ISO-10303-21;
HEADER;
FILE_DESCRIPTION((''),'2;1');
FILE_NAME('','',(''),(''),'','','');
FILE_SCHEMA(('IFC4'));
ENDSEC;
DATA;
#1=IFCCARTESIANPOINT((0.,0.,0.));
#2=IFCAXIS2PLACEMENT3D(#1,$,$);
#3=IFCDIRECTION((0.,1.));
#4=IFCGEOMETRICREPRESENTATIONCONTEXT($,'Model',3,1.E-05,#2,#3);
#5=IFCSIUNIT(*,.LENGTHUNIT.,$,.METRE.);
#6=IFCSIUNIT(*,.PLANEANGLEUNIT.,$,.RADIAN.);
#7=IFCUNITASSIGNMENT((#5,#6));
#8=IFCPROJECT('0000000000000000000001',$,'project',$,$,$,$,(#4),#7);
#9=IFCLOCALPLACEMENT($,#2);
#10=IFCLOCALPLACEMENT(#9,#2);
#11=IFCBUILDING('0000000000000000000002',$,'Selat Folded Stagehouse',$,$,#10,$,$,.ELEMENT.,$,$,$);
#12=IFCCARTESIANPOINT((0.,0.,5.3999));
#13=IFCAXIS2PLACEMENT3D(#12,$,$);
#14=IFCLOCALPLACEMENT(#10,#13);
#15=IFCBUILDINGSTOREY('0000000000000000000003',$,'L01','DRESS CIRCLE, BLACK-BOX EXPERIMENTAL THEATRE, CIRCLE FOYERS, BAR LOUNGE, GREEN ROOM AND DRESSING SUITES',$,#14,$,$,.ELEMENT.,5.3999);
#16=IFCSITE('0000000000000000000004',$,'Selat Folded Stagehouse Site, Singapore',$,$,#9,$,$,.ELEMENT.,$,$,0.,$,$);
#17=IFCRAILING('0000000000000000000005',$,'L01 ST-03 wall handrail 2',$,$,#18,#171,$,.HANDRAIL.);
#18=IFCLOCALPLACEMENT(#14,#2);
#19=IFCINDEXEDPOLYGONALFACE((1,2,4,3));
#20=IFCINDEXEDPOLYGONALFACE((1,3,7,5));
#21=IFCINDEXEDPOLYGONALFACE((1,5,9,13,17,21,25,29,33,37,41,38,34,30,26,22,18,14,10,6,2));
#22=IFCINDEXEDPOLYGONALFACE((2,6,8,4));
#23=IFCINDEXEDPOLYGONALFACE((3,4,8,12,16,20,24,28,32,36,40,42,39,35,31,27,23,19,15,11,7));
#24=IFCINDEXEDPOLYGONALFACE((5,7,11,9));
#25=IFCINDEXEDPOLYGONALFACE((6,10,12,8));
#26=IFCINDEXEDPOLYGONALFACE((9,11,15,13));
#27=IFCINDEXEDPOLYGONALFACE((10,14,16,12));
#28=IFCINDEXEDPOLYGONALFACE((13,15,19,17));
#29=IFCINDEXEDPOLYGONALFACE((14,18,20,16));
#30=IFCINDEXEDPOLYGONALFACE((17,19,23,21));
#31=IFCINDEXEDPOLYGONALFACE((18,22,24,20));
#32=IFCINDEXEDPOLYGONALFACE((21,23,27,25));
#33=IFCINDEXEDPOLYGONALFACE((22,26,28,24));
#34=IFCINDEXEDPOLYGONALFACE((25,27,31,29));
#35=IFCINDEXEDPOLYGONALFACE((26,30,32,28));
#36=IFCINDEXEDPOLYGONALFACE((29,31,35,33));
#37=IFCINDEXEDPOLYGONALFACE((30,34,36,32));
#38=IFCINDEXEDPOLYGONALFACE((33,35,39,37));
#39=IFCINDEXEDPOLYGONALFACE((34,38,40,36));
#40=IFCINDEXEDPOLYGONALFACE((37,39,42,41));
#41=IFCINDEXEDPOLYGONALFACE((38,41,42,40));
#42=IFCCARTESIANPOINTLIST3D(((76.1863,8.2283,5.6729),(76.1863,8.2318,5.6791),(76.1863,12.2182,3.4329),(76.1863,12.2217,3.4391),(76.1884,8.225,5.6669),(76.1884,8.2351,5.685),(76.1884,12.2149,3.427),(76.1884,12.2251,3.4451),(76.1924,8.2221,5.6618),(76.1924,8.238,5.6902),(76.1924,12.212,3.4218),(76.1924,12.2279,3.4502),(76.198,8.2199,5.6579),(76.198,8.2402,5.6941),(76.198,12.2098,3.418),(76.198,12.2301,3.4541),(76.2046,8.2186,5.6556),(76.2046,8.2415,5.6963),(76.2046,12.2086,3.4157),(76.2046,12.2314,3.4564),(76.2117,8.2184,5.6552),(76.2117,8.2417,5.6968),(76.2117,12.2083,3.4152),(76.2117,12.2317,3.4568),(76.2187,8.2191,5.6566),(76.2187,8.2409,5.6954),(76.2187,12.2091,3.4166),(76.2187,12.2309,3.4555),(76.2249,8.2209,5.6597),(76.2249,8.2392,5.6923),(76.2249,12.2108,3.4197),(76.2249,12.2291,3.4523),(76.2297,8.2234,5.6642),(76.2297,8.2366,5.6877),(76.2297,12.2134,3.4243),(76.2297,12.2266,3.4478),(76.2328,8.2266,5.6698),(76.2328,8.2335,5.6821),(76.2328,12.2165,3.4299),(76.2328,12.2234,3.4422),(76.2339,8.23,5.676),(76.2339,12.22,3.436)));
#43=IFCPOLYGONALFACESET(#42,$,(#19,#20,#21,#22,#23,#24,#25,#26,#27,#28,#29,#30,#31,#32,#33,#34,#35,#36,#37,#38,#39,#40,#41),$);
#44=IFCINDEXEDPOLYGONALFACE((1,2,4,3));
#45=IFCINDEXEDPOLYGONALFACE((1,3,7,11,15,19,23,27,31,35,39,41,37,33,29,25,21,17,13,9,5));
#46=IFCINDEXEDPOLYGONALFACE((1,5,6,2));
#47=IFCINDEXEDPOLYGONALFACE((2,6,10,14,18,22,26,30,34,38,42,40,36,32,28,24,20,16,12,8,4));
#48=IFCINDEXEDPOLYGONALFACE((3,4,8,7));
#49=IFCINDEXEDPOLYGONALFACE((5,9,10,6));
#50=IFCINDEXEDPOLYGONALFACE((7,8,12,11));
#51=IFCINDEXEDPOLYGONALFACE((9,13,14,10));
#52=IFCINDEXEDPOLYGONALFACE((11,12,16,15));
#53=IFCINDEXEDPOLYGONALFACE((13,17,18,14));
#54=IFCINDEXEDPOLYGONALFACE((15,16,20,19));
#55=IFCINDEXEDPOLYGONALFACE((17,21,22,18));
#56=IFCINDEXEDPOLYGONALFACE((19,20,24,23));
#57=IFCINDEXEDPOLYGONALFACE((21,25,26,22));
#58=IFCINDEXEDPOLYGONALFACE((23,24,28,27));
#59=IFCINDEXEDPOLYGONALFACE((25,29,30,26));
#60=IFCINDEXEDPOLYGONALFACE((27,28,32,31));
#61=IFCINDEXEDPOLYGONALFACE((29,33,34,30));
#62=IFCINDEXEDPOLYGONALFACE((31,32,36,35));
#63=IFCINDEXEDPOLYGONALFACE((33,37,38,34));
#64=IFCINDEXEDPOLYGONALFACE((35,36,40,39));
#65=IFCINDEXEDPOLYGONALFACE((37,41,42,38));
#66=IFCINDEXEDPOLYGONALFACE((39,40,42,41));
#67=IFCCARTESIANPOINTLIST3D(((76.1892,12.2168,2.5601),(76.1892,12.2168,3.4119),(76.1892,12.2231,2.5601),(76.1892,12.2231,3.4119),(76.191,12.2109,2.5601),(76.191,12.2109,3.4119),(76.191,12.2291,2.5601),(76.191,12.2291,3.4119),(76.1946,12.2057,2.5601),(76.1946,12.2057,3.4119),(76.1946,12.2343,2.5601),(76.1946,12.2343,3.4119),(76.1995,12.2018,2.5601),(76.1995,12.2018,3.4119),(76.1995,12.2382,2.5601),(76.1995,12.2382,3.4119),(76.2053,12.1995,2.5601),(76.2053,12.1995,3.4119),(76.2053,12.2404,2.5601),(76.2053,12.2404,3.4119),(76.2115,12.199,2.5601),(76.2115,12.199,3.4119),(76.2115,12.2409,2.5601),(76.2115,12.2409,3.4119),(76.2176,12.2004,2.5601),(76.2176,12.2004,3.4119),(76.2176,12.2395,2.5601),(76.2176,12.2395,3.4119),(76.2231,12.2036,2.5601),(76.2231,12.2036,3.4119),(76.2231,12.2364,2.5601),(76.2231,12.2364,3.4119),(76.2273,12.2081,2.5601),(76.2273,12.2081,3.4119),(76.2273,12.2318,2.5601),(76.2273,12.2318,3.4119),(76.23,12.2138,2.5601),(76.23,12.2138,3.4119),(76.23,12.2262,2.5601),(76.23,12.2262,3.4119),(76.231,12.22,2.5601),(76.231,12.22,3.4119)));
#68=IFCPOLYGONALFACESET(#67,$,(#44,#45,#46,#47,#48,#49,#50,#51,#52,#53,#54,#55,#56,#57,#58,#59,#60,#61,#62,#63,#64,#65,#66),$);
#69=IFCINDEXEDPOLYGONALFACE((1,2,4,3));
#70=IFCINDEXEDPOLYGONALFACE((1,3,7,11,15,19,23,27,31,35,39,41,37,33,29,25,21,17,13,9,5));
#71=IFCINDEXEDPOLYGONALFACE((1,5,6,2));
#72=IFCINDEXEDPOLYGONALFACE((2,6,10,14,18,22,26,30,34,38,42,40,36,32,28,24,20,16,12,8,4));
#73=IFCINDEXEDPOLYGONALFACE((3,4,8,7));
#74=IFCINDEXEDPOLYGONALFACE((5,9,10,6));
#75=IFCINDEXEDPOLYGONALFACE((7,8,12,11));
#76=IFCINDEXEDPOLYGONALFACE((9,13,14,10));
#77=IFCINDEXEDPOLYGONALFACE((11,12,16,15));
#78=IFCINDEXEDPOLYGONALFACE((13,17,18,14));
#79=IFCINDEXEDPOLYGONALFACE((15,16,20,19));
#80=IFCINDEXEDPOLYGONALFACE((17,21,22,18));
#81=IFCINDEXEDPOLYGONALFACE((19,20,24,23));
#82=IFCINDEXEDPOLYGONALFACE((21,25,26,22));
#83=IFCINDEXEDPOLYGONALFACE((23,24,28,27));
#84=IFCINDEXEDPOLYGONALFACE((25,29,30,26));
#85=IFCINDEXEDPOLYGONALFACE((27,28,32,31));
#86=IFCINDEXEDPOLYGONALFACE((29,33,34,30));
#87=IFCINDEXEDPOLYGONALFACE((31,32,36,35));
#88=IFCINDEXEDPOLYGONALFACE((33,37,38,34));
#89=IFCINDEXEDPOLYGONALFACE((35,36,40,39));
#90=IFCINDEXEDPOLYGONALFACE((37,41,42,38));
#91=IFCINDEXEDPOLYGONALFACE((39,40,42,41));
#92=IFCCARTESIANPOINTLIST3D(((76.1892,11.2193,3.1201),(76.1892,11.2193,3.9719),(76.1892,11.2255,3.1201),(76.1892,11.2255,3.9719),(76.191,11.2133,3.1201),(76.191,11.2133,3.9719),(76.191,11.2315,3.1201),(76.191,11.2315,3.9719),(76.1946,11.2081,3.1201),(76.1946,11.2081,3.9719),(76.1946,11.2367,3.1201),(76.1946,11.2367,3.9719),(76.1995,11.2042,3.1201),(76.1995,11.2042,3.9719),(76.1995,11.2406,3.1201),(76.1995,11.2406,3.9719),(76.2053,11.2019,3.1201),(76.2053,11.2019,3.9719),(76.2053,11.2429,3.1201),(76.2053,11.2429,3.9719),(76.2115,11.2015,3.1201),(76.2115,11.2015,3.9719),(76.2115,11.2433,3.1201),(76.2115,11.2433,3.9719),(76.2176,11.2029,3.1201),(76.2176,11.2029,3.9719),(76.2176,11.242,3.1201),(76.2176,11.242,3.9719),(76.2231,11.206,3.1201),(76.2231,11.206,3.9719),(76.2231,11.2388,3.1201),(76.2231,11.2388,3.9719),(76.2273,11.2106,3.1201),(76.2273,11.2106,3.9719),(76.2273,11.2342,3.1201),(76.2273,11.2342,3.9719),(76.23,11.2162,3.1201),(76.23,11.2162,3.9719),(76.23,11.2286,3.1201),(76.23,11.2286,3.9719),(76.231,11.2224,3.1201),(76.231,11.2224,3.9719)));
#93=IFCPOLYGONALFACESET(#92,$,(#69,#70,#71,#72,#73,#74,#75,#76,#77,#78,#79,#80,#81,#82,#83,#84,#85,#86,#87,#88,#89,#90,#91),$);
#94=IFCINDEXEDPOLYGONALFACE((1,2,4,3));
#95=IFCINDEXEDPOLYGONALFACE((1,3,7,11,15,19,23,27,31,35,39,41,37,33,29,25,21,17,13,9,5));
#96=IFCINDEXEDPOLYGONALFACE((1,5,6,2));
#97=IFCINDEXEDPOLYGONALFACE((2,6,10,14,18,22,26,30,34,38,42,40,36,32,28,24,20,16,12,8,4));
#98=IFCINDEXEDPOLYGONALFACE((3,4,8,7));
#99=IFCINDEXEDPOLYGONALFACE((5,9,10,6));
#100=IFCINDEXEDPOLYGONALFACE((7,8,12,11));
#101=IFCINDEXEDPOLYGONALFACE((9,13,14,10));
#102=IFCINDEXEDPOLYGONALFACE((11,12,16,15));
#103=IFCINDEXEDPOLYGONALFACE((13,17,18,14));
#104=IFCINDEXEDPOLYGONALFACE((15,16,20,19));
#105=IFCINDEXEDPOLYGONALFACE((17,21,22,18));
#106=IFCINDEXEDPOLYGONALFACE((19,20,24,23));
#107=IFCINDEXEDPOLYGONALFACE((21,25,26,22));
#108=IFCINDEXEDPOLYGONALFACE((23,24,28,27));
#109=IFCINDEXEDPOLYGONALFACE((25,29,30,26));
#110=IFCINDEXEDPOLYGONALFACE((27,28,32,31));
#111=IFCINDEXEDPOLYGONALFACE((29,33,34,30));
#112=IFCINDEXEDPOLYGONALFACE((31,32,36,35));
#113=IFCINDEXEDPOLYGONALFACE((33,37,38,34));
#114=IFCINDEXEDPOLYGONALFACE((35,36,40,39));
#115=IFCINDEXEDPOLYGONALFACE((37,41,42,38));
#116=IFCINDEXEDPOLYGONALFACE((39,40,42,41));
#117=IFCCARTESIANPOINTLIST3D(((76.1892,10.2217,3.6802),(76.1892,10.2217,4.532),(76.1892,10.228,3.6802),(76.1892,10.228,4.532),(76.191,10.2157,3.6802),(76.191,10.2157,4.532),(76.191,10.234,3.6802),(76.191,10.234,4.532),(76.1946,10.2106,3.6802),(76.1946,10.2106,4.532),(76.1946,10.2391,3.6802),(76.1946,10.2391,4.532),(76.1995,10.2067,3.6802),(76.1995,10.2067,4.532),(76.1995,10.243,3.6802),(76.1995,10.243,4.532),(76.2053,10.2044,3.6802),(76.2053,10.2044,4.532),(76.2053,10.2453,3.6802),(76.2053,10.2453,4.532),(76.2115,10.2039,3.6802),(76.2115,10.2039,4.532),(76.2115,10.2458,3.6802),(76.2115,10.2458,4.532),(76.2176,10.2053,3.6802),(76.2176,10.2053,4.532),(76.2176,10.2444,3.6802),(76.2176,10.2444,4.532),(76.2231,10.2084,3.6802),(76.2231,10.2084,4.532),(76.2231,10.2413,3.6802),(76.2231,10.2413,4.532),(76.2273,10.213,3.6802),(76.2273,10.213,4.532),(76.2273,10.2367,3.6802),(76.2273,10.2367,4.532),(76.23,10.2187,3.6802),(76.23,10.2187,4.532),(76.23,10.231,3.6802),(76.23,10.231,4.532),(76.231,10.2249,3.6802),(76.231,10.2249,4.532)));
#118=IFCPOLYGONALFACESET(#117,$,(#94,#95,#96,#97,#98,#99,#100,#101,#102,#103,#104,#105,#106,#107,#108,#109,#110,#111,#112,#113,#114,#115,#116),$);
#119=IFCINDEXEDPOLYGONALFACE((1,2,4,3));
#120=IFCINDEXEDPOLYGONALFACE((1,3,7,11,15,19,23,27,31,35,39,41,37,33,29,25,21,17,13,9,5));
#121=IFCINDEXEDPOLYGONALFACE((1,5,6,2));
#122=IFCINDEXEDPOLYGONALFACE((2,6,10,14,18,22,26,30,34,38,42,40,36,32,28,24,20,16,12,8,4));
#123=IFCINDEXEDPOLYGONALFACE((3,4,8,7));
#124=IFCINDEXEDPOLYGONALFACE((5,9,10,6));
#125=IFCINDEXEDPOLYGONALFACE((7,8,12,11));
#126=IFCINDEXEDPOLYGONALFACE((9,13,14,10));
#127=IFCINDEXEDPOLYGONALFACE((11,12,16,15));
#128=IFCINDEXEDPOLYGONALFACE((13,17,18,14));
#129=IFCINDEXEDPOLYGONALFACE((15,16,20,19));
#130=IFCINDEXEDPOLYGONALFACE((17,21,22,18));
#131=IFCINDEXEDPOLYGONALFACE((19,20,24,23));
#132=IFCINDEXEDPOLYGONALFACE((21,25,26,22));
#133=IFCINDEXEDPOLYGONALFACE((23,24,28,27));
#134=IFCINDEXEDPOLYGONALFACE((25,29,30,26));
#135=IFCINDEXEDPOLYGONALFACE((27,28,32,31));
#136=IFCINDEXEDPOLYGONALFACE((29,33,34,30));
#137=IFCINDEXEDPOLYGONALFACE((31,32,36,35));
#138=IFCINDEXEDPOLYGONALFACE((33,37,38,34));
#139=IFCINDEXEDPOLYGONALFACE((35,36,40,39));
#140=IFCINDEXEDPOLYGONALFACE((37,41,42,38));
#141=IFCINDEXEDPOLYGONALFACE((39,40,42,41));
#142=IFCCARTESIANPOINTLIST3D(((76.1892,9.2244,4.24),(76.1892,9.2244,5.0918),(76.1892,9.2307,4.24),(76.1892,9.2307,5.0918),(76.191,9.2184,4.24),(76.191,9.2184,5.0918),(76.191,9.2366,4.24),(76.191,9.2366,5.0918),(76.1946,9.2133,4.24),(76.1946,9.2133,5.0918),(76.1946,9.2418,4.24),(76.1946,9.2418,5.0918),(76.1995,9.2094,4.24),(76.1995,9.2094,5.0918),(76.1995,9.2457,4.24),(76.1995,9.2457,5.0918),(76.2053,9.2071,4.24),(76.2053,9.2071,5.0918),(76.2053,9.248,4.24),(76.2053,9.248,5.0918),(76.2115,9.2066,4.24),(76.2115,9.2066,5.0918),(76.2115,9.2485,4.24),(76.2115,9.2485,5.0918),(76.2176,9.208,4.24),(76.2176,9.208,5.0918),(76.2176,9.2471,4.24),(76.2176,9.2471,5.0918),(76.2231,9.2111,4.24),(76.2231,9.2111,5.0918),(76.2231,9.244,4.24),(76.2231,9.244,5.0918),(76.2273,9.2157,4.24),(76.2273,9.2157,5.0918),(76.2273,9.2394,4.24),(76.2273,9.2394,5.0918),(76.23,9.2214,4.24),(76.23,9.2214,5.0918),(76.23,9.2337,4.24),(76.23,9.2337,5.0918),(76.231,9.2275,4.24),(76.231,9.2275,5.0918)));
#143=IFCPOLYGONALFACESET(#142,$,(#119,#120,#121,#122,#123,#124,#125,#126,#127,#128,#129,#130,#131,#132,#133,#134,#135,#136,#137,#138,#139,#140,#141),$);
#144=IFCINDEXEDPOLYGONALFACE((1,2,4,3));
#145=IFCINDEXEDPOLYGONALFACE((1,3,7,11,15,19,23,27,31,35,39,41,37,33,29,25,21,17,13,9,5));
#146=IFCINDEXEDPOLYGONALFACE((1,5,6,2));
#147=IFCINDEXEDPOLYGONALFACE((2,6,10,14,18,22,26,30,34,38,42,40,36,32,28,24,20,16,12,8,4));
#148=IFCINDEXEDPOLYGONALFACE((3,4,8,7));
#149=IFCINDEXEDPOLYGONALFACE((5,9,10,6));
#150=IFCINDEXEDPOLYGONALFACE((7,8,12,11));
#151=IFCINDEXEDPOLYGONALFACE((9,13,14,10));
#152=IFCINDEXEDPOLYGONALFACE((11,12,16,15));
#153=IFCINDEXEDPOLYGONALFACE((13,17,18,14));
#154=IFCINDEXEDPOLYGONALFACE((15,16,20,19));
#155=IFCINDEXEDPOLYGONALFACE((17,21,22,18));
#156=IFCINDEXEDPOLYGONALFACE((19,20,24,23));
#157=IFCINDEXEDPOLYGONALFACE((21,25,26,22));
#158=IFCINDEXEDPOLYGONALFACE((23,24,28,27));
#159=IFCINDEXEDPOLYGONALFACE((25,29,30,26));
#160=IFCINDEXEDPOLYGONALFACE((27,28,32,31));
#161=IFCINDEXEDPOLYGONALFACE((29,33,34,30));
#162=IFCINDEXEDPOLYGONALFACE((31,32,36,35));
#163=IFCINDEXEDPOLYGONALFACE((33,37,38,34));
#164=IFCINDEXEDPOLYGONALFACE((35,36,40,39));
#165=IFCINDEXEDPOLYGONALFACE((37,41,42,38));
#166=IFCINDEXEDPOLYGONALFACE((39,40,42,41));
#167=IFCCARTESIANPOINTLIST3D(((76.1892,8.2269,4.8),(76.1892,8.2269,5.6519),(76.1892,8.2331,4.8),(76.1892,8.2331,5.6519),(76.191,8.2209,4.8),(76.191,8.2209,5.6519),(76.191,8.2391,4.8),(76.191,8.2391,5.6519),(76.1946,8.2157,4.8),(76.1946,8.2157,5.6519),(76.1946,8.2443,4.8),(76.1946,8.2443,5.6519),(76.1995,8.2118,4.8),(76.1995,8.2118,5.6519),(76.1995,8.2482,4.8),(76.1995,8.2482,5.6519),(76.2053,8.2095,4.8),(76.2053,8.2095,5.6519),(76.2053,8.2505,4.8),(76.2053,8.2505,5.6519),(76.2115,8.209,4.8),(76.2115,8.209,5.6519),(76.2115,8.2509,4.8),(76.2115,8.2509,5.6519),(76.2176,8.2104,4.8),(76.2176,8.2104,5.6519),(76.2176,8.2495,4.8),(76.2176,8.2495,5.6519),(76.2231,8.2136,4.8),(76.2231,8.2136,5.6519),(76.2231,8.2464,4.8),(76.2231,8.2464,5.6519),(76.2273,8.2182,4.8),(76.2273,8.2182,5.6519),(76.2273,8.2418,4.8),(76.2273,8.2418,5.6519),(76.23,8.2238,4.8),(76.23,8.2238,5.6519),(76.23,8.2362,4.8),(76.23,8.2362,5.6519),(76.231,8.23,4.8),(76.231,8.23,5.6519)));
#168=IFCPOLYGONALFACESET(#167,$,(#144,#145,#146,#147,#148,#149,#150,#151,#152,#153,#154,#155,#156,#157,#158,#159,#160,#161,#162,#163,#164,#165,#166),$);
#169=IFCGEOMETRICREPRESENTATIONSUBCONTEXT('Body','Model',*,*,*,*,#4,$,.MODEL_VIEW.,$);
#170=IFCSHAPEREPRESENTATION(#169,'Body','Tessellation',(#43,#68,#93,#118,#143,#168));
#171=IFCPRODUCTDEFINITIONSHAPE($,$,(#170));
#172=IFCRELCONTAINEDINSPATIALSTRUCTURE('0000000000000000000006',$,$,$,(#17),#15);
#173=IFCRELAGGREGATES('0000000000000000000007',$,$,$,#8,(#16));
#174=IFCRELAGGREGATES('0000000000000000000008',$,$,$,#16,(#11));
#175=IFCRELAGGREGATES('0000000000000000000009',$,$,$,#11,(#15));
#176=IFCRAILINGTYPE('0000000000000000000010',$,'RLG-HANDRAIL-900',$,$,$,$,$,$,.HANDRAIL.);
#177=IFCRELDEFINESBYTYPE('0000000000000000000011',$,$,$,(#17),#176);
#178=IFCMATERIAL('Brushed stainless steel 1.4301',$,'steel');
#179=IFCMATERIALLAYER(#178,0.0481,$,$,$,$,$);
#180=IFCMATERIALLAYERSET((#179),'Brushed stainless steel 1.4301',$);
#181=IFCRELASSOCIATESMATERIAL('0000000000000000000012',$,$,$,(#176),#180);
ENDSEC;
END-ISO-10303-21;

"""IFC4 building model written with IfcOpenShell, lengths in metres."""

from ifc_helpers import new_model, si_unit, direction, frame, origin, origin_2d, place, context, subcontext, project, spatial, circle, extrude, material, layer, layer_set, type_object, element, save


model = new_model("IFC4")

# Units and contexts
model_context = context("Model", 3, precision=1e-05, world=origin(), true_north=direction((0.0, 1.0)))
body_context = subcontext(model_context, "Body", "Model", "MODEL_VIEW")
ifc_project = project(units=[si_unit("LENGTHUNIT", "METRE"), si_unit("PLANEANGLEUNIT", "RADIAN")], contexts=[model_context])

# Site, building, storey
site_placement = place(None, origin())
site = spatial("IfcSite", under=ifc_project, at=site_placement, Name="Selat Folded Stagehouse Site, Singapore", CompositionType="ELEMENT", RefElevation=0.0)
building_placement = place(site_placement, origin())
building = spatial("IfcBuilding", under=site, at=building_placement, Name="Selat Folded Stagehouse", CompositionType="ELEMENT")
storey_placement = place(building_placement, frame((0.0, 0.0, 5.3999)))
storey = spatial("IfcBuildingStorey", under=building, at=storey_placement, Name="L01", Description="DRESS CIRCLE, BLACK-BOX EXPERIMENTAL THEATRE, CIRCLE FOYERS, BAR LOUNGE, GREEN ROOM AND DRESSING SUITES", CompositionType="ELEMENT", Elevation=5.3999)

# Railing
ifc_material_1 = material(Name="Brushed stainless steel 1.4301", Category="steel")
ifc_layer_1 = layer(ifc_material_1, 0.0481)
ifc_layer_set_1 = layer_set([ifc_layer_1], Name="Brushed stainless steel 1.4301")
railing_type_1 = type_object("IfcRailingType", Name="RLG-HANDRAIL-900", PredefinedType="HANDRAIL", material=ifc_layer_set_1)
railing_1_placement = place(storey_placement, frame((76.21, 12.22, 2.5601)))
element("IfcRailing", 1, at=railing_1_placement, inside=storey, type_object=railing_type_1, Name="L01 ST-03 wall handrail 2", PredefinedType="HANDRAIL", context=body_context, shape_type="SweptSolid", body=[
    extrude(circle(Radius=0.0239, at=origin_2d()), frame((0.0, 0.0, 0.876), z_axis=(0.0, -0.871984, 0.489534), x_axis=(1.0, 0.0, 0.0)), (0.0, 0.0, 1.0), 4.5757),
    extrude(circle(Radius=0.021, at=origin_2d()), origin(), (0.0, 0.0, 1.0), 0.8518),
    extrude(circle(Radius=0.021, at=origin_2d()), frame((0.0, -0.9976, 0.5601)), (0.0, 0.0, 1.0), 0.8518),
    extrude(circle(Radius=0.021, at=origin_2d()), frame((0.0, -1.9951, 1.1201)), (0.0, 0.0, 1.0), 0.8518),
    extrude(circle(Radius=0.021, at=origin_2d()), frame((0.0, -2.9924, 1.6799)), (0.0, 0.0, 1.0), 0.8518),
    extrude(circle(Radius=0.021, at=origin_2d()), frame((0.0, -3.99, 2.24)), (0.0, 0.0, 1.0), 0.8518),
])

save(model, "model.ifc")
